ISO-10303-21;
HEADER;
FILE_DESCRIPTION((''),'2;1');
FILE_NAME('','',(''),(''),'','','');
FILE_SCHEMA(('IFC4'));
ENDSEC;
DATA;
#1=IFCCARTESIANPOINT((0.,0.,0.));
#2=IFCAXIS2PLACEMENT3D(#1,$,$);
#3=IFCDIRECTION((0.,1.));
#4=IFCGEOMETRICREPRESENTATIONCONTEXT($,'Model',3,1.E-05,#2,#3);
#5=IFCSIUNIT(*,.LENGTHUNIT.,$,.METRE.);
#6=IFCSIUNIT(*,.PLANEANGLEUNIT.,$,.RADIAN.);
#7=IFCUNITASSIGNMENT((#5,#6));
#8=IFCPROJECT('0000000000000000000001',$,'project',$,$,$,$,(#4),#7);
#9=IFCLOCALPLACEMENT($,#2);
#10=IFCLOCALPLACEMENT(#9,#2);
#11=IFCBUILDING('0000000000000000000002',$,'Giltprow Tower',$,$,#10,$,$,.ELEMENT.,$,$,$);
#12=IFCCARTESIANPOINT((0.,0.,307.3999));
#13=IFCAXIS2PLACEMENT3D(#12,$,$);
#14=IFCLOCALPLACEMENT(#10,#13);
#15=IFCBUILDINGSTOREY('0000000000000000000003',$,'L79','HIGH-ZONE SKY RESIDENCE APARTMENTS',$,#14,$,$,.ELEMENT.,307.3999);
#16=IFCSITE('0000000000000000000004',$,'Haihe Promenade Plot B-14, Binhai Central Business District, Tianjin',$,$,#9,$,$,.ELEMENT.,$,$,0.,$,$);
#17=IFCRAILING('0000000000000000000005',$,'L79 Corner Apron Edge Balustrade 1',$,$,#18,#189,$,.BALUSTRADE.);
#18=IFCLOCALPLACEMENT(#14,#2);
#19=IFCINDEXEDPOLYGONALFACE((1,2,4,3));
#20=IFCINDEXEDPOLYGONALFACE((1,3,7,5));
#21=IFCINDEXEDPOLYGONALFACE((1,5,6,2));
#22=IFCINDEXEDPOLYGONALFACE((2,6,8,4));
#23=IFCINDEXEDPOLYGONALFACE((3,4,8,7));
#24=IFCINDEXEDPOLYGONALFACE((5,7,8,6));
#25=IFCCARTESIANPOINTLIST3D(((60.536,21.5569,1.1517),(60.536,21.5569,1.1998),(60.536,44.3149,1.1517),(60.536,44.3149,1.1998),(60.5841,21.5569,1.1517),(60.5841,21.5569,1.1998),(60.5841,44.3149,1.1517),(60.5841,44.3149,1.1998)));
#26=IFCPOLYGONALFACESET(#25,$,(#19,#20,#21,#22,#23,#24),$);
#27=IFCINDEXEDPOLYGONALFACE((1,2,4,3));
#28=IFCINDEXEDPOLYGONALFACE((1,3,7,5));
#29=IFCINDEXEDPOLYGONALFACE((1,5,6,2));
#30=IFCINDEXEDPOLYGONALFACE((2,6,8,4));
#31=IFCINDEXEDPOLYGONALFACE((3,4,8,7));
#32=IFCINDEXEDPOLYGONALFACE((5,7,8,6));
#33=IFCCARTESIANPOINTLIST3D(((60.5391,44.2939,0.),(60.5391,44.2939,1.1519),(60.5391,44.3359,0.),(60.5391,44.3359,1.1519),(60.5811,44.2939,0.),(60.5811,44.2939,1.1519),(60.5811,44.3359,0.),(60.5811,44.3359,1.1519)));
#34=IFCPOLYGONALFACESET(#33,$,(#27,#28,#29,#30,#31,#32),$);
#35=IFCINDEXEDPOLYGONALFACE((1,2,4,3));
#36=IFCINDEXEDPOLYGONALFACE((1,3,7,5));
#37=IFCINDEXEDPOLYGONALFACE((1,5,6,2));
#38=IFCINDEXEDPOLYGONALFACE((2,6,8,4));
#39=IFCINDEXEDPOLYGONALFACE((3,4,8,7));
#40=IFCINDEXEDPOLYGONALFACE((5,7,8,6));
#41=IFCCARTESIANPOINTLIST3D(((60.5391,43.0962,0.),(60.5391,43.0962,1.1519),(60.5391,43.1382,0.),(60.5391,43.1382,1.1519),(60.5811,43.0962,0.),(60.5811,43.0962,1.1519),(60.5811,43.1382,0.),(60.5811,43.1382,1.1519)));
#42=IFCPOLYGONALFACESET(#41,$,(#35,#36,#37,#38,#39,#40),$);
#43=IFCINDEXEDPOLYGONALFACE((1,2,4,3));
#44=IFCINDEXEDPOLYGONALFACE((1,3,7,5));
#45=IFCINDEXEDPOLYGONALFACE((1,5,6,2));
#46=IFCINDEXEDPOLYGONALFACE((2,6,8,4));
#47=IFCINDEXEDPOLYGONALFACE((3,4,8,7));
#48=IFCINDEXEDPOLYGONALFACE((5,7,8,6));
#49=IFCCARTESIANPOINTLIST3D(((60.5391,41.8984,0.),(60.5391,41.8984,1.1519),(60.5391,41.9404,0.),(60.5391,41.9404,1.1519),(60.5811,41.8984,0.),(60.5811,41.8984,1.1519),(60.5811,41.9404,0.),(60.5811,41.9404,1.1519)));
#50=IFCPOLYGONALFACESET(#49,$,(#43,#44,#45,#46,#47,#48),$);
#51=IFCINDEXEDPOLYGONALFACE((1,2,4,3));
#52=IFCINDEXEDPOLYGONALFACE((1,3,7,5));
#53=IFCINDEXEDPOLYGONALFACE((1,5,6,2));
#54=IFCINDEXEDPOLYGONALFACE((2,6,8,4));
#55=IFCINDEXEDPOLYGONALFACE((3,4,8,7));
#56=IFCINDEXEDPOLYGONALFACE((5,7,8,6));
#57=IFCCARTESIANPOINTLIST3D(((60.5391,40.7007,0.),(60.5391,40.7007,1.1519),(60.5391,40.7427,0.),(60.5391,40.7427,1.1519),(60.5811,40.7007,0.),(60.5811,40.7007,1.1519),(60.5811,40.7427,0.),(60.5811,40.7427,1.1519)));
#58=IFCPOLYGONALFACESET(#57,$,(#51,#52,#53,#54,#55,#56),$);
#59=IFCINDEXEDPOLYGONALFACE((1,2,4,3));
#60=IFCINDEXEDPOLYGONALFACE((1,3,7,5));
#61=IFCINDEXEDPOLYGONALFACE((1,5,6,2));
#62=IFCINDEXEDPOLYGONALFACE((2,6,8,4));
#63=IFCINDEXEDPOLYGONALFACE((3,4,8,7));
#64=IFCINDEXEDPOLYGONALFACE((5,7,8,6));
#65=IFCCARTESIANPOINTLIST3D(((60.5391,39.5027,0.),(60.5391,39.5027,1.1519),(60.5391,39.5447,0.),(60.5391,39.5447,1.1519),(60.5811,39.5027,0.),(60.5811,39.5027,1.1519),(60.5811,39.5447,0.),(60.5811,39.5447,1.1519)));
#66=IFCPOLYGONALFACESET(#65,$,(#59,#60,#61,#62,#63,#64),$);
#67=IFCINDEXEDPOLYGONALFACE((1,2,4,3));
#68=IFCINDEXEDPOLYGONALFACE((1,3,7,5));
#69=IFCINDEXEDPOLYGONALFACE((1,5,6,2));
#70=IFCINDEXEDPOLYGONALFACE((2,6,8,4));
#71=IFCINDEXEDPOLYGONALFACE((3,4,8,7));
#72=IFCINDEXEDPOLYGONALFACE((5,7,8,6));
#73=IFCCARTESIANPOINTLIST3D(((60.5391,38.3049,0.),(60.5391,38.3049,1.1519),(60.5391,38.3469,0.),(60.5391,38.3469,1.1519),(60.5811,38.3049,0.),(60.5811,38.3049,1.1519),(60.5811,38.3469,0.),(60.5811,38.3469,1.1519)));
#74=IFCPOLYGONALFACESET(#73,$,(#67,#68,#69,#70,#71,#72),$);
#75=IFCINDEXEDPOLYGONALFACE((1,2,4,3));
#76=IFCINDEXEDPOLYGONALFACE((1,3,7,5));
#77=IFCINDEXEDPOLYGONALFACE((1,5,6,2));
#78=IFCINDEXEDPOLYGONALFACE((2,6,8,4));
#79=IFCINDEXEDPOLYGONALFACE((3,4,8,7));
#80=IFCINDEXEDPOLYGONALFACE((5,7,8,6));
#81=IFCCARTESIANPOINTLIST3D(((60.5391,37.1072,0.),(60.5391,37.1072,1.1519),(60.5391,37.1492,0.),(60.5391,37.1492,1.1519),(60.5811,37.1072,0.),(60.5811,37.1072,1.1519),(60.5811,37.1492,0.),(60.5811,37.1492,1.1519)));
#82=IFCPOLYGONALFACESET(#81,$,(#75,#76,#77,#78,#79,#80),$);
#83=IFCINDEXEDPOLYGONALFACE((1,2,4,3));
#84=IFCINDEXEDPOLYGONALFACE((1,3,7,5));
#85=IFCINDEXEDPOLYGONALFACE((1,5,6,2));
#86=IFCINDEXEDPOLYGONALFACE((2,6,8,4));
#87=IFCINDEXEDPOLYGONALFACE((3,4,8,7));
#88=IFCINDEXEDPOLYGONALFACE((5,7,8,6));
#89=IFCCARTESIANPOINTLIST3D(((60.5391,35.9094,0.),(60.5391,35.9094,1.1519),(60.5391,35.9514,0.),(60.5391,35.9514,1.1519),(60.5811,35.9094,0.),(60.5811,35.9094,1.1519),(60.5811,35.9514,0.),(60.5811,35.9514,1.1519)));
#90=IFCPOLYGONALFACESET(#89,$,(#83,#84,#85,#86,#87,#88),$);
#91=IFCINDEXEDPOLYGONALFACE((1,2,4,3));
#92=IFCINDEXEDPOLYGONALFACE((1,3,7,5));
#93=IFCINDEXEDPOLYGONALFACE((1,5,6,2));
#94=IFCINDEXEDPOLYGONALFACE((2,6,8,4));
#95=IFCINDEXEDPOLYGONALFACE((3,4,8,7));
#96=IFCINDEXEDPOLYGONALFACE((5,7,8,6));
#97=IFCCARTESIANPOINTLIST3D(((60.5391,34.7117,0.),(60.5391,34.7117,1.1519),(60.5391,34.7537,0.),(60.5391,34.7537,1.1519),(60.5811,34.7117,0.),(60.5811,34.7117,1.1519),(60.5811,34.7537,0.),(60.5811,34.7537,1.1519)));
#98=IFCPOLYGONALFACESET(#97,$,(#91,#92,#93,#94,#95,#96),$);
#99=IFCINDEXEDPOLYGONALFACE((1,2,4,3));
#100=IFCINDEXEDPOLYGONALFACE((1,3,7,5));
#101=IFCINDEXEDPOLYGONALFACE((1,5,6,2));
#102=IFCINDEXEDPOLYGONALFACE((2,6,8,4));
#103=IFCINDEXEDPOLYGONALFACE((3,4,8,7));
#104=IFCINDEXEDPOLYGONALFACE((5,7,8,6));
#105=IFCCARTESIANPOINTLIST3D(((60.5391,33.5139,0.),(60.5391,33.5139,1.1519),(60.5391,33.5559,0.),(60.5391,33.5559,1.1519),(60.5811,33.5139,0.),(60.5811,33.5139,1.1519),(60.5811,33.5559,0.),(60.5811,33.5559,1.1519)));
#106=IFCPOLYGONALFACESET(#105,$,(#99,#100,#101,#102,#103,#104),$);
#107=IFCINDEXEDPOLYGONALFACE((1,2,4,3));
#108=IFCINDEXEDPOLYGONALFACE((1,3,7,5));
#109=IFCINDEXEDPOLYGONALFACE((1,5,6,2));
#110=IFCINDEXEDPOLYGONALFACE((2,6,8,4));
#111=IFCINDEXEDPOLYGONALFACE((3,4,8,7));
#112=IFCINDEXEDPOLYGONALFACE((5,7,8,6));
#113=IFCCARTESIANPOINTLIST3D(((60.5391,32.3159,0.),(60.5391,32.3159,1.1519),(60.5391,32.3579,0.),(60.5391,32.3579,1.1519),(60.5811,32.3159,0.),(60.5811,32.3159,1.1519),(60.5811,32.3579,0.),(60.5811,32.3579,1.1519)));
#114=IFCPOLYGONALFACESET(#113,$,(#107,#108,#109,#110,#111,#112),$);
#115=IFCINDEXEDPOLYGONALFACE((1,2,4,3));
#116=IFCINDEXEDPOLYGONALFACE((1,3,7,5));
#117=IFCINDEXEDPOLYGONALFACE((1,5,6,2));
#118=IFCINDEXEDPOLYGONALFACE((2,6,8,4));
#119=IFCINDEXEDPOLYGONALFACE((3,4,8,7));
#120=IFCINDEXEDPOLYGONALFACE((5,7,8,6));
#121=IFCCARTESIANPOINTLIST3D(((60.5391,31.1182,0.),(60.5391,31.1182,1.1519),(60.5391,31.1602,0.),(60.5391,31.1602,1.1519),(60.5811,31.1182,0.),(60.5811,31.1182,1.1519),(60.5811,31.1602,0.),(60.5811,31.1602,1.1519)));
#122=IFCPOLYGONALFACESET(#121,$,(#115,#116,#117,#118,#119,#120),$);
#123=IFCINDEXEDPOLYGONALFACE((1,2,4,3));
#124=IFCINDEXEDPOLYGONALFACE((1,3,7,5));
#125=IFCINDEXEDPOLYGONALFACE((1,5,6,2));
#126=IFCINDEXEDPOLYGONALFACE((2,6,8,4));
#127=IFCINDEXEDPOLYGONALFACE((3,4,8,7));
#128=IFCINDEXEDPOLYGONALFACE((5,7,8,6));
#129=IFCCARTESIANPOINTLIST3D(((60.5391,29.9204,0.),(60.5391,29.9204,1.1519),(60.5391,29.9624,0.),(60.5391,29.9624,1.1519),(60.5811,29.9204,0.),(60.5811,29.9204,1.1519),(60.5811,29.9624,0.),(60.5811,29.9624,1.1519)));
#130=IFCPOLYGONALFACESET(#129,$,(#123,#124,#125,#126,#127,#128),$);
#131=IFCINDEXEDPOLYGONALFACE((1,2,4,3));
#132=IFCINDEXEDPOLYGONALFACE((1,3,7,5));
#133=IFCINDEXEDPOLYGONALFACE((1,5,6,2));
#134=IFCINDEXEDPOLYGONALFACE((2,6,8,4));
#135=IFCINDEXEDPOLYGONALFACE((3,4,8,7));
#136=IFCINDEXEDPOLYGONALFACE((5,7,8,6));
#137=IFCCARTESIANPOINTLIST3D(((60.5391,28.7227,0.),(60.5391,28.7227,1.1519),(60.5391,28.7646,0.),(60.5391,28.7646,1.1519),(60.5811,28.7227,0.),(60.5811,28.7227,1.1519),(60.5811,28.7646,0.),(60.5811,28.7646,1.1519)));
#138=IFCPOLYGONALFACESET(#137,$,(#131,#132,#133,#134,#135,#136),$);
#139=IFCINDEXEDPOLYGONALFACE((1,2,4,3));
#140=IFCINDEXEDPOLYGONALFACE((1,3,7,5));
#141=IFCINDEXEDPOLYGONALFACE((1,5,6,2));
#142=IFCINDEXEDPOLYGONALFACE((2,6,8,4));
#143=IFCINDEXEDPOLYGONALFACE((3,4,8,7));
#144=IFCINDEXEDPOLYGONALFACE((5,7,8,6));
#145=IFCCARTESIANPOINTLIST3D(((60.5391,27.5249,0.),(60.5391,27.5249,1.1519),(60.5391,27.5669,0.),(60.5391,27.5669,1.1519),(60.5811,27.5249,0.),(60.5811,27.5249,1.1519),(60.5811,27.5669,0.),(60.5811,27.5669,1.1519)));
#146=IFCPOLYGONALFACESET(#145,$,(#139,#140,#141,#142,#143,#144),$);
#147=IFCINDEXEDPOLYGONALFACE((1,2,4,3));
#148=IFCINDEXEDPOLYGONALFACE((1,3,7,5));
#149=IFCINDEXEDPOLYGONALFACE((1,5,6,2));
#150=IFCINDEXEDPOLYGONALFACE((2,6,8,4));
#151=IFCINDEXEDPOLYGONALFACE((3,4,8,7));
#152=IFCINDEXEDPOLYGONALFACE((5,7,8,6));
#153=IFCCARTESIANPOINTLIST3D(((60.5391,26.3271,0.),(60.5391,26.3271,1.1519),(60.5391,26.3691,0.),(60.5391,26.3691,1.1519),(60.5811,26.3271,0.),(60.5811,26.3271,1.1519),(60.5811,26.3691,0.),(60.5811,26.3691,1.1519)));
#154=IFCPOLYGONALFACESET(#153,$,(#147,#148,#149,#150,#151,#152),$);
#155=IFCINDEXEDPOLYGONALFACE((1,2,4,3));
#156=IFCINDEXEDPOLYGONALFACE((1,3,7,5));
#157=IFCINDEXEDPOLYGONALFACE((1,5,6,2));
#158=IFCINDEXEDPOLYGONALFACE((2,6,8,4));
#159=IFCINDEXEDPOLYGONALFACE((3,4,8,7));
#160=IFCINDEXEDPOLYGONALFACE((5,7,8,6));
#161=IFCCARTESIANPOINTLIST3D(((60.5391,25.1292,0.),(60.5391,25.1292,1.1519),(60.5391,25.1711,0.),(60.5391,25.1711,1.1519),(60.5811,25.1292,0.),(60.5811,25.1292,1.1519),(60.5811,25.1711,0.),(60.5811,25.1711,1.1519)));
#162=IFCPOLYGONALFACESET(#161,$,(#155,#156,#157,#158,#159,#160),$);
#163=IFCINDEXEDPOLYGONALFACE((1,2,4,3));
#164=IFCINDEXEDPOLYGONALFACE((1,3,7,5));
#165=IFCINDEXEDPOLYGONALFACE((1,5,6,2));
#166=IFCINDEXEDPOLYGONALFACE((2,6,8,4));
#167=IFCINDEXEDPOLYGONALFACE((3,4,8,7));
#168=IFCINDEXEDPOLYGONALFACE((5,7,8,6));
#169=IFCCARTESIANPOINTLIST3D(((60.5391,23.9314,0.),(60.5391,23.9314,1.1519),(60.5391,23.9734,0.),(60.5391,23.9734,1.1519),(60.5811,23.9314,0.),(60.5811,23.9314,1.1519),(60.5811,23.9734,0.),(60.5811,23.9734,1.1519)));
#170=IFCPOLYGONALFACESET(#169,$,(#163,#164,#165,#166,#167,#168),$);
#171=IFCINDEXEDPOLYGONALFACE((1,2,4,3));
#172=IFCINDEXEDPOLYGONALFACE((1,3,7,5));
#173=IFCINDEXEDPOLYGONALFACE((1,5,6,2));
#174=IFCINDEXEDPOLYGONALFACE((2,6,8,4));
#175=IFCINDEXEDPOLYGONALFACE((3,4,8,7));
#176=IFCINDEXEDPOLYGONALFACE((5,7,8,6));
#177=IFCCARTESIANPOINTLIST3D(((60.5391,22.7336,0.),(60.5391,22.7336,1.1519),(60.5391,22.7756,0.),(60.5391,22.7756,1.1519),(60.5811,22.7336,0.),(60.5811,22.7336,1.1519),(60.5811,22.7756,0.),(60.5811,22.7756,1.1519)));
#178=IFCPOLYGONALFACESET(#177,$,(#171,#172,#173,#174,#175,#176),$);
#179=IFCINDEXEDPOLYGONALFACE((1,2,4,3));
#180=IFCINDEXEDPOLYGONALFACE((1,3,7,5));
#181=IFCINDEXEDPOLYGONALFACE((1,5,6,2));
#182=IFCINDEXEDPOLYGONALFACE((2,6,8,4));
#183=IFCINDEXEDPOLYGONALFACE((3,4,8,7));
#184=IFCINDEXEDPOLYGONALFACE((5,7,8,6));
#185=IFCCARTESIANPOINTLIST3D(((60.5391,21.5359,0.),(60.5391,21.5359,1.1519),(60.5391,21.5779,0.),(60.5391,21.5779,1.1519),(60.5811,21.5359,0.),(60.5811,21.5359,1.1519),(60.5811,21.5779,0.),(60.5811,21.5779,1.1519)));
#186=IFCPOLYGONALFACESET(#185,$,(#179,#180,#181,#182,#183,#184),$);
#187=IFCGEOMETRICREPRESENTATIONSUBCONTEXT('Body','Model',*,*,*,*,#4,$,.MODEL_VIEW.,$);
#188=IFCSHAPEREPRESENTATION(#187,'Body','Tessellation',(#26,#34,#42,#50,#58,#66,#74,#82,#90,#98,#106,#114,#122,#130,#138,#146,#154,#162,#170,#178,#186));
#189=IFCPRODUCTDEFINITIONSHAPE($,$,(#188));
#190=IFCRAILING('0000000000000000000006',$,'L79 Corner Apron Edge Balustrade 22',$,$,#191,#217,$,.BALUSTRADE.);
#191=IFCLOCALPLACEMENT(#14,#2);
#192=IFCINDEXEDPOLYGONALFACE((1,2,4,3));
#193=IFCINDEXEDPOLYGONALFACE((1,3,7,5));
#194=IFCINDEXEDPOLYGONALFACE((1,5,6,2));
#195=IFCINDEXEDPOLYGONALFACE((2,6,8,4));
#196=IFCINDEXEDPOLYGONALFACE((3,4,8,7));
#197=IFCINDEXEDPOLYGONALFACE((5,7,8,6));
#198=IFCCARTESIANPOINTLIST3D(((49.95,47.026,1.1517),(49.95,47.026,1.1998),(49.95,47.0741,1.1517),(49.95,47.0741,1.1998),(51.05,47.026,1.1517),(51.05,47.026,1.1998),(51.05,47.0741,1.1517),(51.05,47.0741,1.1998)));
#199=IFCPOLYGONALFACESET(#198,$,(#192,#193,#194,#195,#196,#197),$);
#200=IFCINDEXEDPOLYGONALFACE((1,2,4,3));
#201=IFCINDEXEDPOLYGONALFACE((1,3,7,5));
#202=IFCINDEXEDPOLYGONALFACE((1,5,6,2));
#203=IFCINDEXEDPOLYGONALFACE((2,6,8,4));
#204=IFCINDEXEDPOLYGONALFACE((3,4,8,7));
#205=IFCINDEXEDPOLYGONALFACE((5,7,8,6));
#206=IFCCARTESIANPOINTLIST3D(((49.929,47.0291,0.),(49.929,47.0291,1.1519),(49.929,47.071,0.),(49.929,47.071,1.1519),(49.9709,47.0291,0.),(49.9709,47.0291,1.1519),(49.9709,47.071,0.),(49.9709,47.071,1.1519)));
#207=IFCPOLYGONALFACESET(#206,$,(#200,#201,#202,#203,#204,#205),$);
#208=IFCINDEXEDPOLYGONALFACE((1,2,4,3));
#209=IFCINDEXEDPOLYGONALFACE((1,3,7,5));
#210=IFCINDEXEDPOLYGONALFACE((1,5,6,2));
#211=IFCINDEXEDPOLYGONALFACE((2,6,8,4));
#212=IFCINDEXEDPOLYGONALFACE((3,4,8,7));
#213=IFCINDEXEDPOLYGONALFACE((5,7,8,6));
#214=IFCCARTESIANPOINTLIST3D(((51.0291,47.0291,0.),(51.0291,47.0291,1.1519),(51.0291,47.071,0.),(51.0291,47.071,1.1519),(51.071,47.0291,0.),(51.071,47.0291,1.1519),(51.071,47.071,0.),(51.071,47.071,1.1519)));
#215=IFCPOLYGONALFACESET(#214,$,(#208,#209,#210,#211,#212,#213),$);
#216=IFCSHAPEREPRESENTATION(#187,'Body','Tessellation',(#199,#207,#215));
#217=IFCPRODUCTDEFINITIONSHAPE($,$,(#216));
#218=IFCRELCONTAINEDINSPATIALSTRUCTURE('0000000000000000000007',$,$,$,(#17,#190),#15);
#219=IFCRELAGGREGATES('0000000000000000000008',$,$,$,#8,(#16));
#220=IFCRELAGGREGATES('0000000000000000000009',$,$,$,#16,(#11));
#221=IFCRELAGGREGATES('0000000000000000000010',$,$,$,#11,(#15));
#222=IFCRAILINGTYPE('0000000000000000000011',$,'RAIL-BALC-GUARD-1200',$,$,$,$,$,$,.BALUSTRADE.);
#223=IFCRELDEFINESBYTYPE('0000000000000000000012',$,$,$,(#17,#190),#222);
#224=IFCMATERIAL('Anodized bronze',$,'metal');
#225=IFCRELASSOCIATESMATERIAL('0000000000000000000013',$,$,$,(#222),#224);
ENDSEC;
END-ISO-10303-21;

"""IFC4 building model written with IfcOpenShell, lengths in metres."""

from ifc_helpers import new_model, si_unit, direction, frame, origin, origin_2d, place, context, subcontext, project, spatial, rectangle, extrude, material, type_object, element, save


model = new_model("IFC4")

# Units and contexts
model_context = context("Model", 3, precision=1e-05, world=origin(), true_north=direction((0.0, 1.0)))
body_context = subcontext(model_context, "Body", "Model", "MODEL_VIEW")
ifc_project = project(units=[si_unit("LENGTHUNIT", "METRE"), si_unit("PLANEANGLEUNIT", "RADIAN")], contexts=[model_context])

# Site, building, storey
site_placement = place(None, origin())
site = spatial("IfcSite", under=ifc_project, at=site_placement, Name="Haihe Promenade Plot B-14, Binhai Central Business District, Tianjin", CompositionType="ELEMENT", RefElevation=0.0)
building_placement = place(site_placement, origin())
building = spatial("IfcBuilding", under=site, at=building_placement, Name="Giltprow Tower", CompositionType="ELEMENT")
storey_placement = place(building_placement, frame((0.0, 0.0, 307.3999)))
storey = spatial("IfcBuildingStorey", under=building, at=storey_placement, Name="L79", Description="HIGH-ZONE SKY RESIDENCE APARTMENTS", CompositionType="ELEMENT", Elevation=307.3999)

# Railings
ifc_material_1 = material(Name="Anodized bronze", Category="metal")
railing_type = type_object("IfcRailingType", Name="RAIL-BALC-GUARD-1200", PredefinedType="BALUSTRADE", material=ifc_material_1)
railing_1_placement = place(storey_placement, frame((60.5601, 44.3149, 0.0)))
element("IfcRailing", 1, at=railing_1_placement, inside=storey, type_object=railing_type, Name="L79 Corner Apron Edge Balustrade 1", PredefinedType="BALUSTRADE", context=body_context, shape_type="SweptSolid", body=[
    extrude(rectangle(XDim=0.0481, YDim=0.0481, at=origin_2d()), frame((0.0, 0.0, 1.1758), z_axis=(0.0, -1.0, 0.0), x_axis=(1.0, 0.0, 0.0)), (0.0, 0.0, 1.0), 22.7581),
    extrude(rectangle(XDim=0.042, YDim=0.042, at=origin_2d()), origin(), (0.0, 0.0, 1.0), 1.1519),
    extrude(rectangle(XDim=0.042, YDim=0.042, at=origin_2d()), frame((0.0, -1.1978, 0.0)), (0.0, 0.0, 1.0), 1.1519),
    extrude(rectangle(XDim=0.042, YDim=0.042, at=origin_2d()), frame((0.0, -2.3955, 0.0)), (0.0, 0.0, 1.0), 1.1519),
    extrude(rectangle(XDim=0.042, YDim=0.042, at=origin_2d()), frame((0.0, -3.5933, 0.0)), (0.0, 0.0, 1.0), 1.1519),
    extrude(rectangle(XDim=0.042, YDim=0.042, at=origin_2d()), frame((0.0, -4.7913, 0.0)), (0.0, 0.0, 1.0), 1.1519),
    extrude(rectangle(XDim=0.042, YDim=0.042, at=origin_2d()), frame((0.0, -5.989, 0.0)), (0.0, 0.0, 1.0), 1.1519),
    extrude(rectangle(XDim=0.042, YDim=0.042, at=origin_2d()), frame((0.0, -7.1868, 0.0)), (0.0, 0.0, 1.0), 1.1519),
    extrude(rectangle(XDim=0.042, YDim=0.042, at=origin_2d()), frame((0.0, -8.3845, 0.0)), (0.0, 0.0, 1.0), 1.1519),
    extrude(rectangle(XDim=0.042, YDim=0.042, at=origin_2d()), frame((0.0, -9.5823, 0.0)), (0.0, 0.0, 1.0), 1.1519),
    extrude(rectangle(XDim=0.042, YDim=0.042, at=origin_2d()), frame((0.0, -10.78, 0.0)), (0.0, 0.0, 1.0), 1.1519),
    extrude(rectangle(XDim=0.042, YDim=0.042, at=origin_2d()), frame((0.0, -11.978, 0.0)), (0.0, 0.0, 1.0), 1.1519),
    extrude(rectangle(XDim=0.042, YDim=0.042, at=origin_2d()), frame((0.0, -13.1758, 0.0)), (0.0, 0.0, 1.0), 1.1519),
    extrude(rectangle(XDim=0.042, YDim=0.042, at=origin_2d()), frame((0.0, -14.3735, 0.0)), (0.0, 0.0, 1.0), 1.1519),
    extrude(rectangle(XDim=0.042, YDim=0.042, at=origin_2d()), frame((0.0, -15.5713, 0.0)), (0.0, 0.0, 1.0), 1.1519),
    extrude(rectangle(XDim=0.042, YDim=0.042, at=origin_2d()), frame((0.0, -16.769, 0.0)), (0.0, 0.0, 1.0), 1.1519),
    extrude(rectangle(XDim=0.042, YDim=0.042, at=origin_2d()), frame((0.0, -17.9668, 0.0)), (0.0, 0.0, 1.0), 1.1519),
    extrude(rectangle(XDim=0.042, YDim=0.042, at=origin_2d()), frame((0.0, -19.1648, 0.0)), (0.0, 0.0, 1.0), 1.1519),
    extrude(rectangle(XDim=0.042, YDim=0.042, at=origin_2d()), frame((0.0, -20.3625, 0.0)), (0.0, 0.0, 1.0), 1.1519),
    extrude(rectangle(XDim=0.042, YDim=0.042, at=origin_2d()), frame((0.0, -21.5603, 0.0)), (0.0, 0.0, 1.0), 1.1519),
    extrude(rectangle(XDim=0.042, YDim=0.042, at=origin_2d()), frame((0.0, -22.7581, 0.0)), (0.0, 0.0, 1.0), 1.1519),
])
railing_2_placement = place(storey_placement, frame((49.95, 47.05, 0.0)))
element("IfcRailing", 2, at=railing_2_placement, inside=storey, type_object=railing_type, Name="L79 Corner Apron Edge Balustrade 22", PredefinedType="BALUSTRADE", context=body_context, shape_type="SweptSolid", body=[
    extrude(rectangle(XDim=0.0481, YDim=0.0481, at=origin_2d()), frame((0.0, 0.0, 1.1758), z_axis=(1.0, 0.0, 0.0), x_axis=(0.0, 1.0, 0.0)), (0.0, 0.0, 1.0), 1.1001),
    extrude(rectangle(XDim=0.042, YDim=0.042, at=origin_2d()), origin(), (0.0, 0.0, 1.0), 1.1519),
    extrude(rectangle(XDim=0.042, YDim=0.042, at=origin_2d()), frame((1.1001, 0.0, 0.0)), (0.0, 0.0, 1.0), 1.1519),
])

save(model, "model.ifc")
